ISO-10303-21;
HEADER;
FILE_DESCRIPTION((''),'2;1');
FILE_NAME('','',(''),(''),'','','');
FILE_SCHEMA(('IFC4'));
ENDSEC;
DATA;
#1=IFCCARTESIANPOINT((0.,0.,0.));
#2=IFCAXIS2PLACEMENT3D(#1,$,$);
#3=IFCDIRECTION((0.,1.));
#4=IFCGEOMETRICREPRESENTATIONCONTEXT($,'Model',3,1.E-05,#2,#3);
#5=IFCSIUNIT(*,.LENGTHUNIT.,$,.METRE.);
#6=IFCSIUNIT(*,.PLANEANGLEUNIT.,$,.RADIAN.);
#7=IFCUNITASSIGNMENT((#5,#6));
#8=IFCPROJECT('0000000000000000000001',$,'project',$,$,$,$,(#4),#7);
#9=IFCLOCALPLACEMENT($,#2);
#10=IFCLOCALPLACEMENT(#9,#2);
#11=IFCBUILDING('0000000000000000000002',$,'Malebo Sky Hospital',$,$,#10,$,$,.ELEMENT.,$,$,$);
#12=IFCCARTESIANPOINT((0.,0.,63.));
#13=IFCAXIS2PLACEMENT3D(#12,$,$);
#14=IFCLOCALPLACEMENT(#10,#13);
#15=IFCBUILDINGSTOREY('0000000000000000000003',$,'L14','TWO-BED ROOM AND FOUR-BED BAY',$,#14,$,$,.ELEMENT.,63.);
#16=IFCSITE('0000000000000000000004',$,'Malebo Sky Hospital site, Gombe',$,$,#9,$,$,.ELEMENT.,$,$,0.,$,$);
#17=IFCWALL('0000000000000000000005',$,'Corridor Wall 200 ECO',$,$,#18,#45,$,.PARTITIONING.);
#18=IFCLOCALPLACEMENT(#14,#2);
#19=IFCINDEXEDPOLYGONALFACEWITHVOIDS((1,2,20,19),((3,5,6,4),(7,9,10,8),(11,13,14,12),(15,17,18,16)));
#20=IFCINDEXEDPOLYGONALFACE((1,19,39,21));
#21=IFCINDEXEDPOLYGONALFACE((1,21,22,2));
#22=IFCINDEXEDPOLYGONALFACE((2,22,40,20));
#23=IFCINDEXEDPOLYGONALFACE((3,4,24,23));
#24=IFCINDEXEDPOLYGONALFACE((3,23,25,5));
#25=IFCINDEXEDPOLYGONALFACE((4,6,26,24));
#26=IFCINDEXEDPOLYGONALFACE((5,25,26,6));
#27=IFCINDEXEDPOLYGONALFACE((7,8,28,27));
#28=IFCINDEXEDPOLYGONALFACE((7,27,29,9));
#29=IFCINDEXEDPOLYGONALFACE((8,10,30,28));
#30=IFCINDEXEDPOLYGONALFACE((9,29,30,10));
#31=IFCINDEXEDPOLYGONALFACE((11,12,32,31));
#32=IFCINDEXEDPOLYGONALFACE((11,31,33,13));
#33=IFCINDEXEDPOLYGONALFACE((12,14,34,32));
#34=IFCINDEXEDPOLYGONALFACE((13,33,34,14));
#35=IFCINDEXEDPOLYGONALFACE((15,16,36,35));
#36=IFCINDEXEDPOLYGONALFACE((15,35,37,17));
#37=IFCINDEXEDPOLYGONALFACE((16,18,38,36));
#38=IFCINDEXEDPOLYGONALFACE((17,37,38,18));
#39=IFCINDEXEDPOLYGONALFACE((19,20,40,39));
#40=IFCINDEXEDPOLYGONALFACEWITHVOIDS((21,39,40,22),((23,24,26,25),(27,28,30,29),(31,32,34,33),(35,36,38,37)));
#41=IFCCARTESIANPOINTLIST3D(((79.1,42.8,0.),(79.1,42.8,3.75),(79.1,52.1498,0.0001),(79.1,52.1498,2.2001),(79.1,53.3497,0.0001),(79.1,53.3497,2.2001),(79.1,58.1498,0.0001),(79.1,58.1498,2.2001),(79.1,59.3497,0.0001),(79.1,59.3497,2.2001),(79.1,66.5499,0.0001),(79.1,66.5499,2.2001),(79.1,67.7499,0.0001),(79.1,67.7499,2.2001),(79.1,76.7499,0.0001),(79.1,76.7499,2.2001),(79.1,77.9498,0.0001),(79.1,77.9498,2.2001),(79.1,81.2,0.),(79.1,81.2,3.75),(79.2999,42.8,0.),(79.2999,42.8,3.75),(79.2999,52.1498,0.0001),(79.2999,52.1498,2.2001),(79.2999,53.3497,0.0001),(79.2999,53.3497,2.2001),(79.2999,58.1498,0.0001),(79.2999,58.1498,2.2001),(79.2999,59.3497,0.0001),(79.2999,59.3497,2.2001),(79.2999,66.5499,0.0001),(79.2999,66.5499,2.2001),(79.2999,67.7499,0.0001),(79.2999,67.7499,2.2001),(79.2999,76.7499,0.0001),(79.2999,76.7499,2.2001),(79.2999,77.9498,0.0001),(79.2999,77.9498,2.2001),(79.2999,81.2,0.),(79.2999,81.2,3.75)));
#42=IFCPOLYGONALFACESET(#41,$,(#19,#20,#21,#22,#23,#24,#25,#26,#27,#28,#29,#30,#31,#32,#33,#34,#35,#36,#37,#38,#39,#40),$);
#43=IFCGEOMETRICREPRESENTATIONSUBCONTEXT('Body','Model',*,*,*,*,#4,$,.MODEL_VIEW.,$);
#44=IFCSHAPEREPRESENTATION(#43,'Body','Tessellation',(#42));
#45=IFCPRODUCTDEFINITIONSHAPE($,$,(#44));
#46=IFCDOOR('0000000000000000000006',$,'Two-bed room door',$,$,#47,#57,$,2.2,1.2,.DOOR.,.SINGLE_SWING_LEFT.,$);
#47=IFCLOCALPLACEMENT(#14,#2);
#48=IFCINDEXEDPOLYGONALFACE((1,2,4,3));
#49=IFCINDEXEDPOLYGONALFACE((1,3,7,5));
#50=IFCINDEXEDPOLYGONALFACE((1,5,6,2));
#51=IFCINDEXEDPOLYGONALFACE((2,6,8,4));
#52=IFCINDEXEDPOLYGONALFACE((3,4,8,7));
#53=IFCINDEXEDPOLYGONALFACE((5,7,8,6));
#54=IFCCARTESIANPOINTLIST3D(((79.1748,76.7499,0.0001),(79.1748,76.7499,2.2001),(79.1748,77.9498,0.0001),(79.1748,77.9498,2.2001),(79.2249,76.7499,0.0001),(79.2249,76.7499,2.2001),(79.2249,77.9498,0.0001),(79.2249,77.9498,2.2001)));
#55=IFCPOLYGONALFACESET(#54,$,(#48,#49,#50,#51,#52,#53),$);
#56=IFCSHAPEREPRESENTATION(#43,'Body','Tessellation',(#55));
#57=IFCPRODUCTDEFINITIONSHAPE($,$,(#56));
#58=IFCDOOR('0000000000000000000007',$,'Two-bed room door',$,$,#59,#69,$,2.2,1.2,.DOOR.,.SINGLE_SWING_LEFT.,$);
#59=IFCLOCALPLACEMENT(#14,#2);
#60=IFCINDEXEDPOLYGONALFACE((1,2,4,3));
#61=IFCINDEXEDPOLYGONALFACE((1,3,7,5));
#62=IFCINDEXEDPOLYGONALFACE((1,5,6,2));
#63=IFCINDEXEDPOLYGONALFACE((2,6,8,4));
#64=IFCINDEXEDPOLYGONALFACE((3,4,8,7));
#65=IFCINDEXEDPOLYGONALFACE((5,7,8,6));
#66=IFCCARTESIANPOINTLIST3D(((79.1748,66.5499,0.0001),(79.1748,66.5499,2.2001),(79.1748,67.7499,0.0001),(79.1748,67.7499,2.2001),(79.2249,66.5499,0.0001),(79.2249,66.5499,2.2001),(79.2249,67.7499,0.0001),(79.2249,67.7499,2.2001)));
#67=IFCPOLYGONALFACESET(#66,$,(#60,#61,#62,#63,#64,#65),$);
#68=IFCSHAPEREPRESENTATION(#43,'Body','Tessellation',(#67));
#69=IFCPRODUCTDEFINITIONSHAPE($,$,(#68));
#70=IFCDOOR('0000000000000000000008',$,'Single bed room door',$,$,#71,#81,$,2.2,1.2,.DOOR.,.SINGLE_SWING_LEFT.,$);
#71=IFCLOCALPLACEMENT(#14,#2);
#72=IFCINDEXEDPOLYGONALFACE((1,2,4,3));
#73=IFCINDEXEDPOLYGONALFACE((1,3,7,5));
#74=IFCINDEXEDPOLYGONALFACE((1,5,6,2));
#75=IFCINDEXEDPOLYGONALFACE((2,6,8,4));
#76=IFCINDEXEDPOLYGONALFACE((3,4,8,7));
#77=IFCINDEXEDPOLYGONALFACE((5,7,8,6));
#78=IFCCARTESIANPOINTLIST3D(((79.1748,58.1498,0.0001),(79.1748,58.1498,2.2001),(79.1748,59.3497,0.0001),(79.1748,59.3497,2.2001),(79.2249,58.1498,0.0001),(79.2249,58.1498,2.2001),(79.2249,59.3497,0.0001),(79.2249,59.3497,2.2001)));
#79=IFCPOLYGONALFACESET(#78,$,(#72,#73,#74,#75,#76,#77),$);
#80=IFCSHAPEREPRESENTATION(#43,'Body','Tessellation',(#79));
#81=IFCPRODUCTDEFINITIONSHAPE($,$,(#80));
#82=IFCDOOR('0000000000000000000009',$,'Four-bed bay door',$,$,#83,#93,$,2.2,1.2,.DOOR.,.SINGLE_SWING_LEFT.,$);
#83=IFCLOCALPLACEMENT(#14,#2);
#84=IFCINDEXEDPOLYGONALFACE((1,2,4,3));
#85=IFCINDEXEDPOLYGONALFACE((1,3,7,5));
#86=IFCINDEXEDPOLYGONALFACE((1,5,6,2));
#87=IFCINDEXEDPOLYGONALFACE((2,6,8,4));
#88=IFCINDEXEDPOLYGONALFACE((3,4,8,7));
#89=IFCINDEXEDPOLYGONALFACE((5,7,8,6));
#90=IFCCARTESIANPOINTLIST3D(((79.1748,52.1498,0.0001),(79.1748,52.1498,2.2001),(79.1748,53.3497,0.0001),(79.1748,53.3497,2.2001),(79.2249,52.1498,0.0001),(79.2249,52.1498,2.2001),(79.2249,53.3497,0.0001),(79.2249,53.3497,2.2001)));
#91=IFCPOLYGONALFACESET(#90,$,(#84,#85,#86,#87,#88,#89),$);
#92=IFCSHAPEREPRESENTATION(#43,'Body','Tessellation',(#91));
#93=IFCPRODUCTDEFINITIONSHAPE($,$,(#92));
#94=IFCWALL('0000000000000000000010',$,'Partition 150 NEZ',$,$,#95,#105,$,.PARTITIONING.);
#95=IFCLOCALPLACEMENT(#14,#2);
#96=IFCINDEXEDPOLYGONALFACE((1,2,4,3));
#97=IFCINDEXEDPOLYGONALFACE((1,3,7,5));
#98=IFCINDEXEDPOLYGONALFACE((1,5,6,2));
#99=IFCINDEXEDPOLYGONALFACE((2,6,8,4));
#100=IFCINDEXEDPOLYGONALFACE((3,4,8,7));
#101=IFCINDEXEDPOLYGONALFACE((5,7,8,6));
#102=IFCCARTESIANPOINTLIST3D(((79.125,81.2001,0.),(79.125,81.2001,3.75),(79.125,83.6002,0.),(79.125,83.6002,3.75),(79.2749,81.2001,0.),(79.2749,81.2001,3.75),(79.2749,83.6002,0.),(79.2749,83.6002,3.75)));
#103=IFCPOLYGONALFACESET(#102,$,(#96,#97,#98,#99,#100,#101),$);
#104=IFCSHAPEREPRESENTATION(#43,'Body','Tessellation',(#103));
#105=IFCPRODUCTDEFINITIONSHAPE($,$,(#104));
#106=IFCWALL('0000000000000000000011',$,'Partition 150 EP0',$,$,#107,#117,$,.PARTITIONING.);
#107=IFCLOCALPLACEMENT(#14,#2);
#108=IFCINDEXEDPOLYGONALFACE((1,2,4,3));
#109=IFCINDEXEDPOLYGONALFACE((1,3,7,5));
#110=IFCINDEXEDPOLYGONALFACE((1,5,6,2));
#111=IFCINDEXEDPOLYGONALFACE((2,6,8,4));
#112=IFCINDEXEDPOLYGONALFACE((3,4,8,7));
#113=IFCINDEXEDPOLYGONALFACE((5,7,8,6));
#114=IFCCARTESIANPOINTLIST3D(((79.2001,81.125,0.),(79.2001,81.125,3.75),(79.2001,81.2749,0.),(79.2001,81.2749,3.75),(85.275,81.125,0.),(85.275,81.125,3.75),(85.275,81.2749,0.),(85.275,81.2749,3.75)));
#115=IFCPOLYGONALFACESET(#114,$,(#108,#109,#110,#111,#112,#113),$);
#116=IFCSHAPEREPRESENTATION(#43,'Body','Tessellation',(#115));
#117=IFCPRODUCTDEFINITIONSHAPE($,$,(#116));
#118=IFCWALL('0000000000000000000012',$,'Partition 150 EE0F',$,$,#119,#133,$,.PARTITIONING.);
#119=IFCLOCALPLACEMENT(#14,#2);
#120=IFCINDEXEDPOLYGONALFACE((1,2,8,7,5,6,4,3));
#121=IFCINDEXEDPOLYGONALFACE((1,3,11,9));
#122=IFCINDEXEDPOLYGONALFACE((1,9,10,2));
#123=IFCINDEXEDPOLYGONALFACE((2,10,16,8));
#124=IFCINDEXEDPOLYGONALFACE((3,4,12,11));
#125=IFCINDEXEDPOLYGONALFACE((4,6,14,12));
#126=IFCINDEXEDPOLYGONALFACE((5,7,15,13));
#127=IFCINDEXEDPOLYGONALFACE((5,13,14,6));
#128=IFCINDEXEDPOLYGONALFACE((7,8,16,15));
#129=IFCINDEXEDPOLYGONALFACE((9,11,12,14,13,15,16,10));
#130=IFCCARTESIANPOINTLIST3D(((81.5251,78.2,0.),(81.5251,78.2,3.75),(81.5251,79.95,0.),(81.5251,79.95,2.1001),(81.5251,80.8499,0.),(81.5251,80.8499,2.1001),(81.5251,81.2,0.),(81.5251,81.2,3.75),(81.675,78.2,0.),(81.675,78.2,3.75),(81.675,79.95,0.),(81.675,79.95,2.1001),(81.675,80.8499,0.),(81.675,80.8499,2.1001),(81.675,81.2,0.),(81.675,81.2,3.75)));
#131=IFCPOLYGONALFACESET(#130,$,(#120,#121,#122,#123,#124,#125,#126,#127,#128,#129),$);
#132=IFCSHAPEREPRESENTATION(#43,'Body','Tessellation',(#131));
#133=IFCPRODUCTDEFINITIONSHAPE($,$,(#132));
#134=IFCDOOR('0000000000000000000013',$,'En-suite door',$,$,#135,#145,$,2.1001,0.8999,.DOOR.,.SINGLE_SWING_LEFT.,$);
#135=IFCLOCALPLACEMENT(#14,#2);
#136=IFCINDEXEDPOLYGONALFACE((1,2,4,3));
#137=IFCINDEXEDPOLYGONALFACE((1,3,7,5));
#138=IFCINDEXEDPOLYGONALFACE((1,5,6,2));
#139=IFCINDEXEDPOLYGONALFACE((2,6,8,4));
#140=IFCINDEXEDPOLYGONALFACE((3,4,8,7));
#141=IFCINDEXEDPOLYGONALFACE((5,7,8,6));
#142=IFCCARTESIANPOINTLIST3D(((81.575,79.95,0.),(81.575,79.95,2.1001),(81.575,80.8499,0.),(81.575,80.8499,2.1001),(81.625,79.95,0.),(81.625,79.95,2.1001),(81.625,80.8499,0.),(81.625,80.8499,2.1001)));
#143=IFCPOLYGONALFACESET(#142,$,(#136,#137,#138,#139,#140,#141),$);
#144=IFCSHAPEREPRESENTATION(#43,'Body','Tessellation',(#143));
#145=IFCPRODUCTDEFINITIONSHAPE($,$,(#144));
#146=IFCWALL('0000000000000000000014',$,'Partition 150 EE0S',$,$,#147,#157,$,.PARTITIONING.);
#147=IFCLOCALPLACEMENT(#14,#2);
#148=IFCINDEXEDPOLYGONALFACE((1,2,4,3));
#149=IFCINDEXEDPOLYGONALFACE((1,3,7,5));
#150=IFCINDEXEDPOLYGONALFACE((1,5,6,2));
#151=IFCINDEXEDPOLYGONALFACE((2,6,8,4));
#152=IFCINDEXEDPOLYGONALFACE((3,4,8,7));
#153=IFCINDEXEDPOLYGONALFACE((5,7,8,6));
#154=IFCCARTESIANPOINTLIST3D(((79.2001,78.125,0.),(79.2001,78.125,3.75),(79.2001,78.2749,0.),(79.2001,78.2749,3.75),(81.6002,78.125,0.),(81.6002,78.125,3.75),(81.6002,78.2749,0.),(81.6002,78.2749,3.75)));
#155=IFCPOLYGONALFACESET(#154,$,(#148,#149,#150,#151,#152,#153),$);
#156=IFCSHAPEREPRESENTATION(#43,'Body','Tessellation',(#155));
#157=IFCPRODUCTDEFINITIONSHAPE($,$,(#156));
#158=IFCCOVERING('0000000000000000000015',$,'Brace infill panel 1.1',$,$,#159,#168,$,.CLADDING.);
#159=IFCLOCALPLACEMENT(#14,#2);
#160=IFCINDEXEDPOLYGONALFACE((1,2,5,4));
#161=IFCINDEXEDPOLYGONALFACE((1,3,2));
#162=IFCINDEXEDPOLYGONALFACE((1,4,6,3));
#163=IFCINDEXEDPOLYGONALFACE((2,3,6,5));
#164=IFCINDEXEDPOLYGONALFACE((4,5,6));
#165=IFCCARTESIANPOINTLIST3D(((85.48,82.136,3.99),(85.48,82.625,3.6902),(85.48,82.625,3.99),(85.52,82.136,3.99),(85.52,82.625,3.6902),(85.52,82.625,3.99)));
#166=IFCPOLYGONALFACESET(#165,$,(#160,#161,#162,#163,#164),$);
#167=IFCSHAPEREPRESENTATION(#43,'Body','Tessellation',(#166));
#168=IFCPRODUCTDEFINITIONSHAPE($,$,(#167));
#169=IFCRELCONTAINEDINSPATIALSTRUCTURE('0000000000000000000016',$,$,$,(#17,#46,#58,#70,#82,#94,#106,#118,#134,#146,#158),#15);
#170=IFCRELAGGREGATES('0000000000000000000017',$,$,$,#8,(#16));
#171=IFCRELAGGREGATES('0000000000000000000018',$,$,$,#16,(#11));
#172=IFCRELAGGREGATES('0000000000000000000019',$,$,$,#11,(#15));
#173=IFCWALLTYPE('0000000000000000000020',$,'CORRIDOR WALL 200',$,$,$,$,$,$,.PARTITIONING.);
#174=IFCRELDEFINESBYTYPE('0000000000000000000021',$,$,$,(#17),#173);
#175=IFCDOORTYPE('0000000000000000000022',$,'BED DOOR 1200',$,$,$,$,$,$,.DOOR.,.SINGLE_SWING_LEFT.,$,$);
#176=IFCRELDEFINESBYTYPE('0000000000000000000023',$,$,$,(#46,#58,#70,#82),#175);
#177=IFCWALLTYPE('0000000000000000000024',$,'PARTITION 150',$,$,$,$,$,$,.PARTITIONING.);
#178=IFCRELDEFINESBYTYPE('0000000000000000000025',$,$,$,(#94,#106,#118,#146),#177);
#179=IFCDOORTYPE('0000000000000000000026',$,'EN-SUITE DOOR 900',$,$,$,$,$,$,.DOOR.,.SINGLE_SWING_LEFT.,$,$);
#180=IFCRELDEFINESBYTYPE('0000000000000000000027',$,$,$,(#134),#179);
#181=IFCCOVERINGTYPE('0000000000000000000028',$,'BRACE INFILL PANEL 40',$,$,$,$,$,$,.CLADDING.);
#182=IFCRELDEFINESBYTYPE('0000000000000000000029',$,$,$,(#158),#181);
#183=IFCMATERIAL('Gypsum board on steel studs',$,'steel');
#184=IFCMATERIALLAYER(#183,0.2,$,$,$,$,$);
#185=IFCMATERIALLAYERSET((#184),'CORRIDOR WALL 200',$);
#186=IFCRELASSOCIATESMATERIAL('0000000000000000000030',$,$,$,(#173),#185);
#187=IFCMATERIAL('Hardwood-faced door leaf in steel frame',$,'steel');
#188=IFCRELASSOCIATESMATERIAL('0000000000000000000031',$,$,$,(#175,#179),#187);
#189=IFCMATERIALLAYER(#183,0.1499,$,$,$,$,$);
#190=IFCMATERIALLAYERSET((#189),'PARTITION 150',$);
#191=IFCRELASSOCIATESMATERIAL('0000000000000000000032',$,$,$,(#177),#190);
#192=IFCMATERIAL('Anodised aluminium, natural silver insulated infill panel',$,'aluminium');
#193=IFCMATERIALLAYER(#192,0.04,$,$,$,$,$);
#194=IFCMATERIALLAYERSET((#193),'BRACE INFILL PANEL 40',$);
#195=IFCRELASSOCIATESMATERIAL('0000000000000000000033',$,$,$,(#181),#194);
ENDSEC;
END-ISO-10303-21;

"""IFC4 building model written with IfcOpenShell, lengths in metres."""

from ifc_helpers import new_model, si_unit, direction, frame, frame_2d, origin, place, context, subcontext, project, spatial, polyline, rectangle, outline, extrude, material, layer, layer_set, type_object, element, fill, save


model = new_model("IFC4")

# Units and contexts
model_context = context("Model", 3, precision=1e-05, world=origin(), true_north=direction((0.0, 1.0)))
body_context = subcontext(model_context, "Body", "Model", "MODEL_VIEW")
ifc_project = project(units=[si_unit("LENGTHUNIT", "METRE"), si_unit("PLANEANGLEUNIT", "RADIAN")], contexts=[model_context])

# Site, building, storey
site_placement = place(None, origin())
site = spatial("IfcSite", under=ifc_project, at=site_placement, Name="Malebo Sky Hospital site, Gombe", CompositionType="ELEMENT", RefElevation=0.0)
building_placement = place(site_placement, origin())
building = spatial("IfcBuilding", under=site, at=building_placement, Name="Malebo Sky Hospital", CompositionType="ELEMENT")
storey_placement = place(building_placement, frame((0.0, 0.0, 63.0)))
storey = spatial("IfcBuildingStorey", under=building, at=storey_placement, Name="L14", Description="TWO-BED ROOM AND FOUR-BED BAY", CompositionType="ELEMENT", Elevation=63.0)

# Wall, openings, doors
ifc_material_1 = material(Name="Gypsum board on steel studs", Category="steel")
ifc_layer_1 = layer(ifc_material_1, 0.2)
ifc_layer_set_1 = layer_set([ifc_layer_1], Name="CORRIDOR WALL 200")
wall_type_1 = type_object("IfcWallType", Name="CORRIDOR WALL 200", PredefinedType="PARTITIONING", material=ifc_layer_set_1)
wall_1_placement = place(storey_placement, frame((79.2, 81.2, 0.0), z_axis=(0.0, 0.0, 1.0), x_axis=(0.0, -1.0, 0.0)))
wall_1 = element("IfcWall", 1, at=wall_1_placement, inside=storey, type_object=wall_type_1, Name="Corridor Wall 200 ECO", PredefinedType="PARTITIONING", context=body_context, shape_type="SweptSolid", body=[
    extrude(rectangle(XDim=38.3999, YDim=0.2, at=frame_2d((19.2, 0.0))), origin(), (0.0, 0.0, 1.0), 3.75),
])
opening_1_placement = place(wall_1_placement, frame((3.25, 0.0, 0.0)))
opening_1 = element("IfcOpeningElement", 2, at=opening_1_placement, cuts=wall_1, PredefinedType="OPENING", context=body_context, shape_type="SweptSolid", body=[
    extrude(rectangle(XDim=1.2, YDim=2.2, at=frame_2d((0.6001, 1.1001))), frame((0.0, 0.1099, 0.0), z_axis=(0.0, -1.0, 0.0), x_axis=(1.0, 0.0, 0.0)), (0.0, 0.0, 1.0), 0.22),
])
opening_2_placement = place(wall_1_placement, frame((13.45, 0.0, 0.0)))
opening_2 = element("IfcOpeningElement", 3, at=opening_2_placement, cuts=wall_1, PredefinedType="OPENING", context=body_context, shape_type="SweptSolid", body=[
    extrude(rectangle(XDim=1.2, YDim=2.2, at=frame_2d((0.6001, 1.1001))), frame((0.0, 0.1099, 0.0), z_axis=(0.0, -1.0, 0.0), x_axis=(1.0, 0.0, 0.0)), (0.0, 0.0, 1.0), 0.22),
])
opening_3_placement = place(wall_1_placement, frame((21.8501, 0.0, 0.0)))
opening_3 = element("IfcOpeningElement", 4, at=opening_3_placement, cuts=wall_1, PredefinedType="OPENING", context=body_context, shape_type="SweptSolid", body=[
    extrude(rectangle(XDim=1.2, YDim=2.2, at=frame_2d((0.6001, 1.1001))), frame((0.0, 0.1099, 0.0), z_axis=(0.0, -1.0, 0.0), x_axis=(1.0, 0.0, 0.0)), (0.0, 0.0, 1.0), 0.22),
])
opening_4_placement = place(wall_1_placement, frame((27.8501, 0.0, 0.0)))
opening_4 = element("IfcOpeningElement", 5, at=opening_4_placement, cuts=wall_1, PredefinedType="OPENING", context=body_context, shape_type="SweptSolid", body=[
    extrude(rectangle(XDim=1.2, YDim=2.2, at=frame_2d((0.6001, 1.1001))), frame((0.0, 0.1099, 0.0), z_axis=(0.0, -1.0, 0.0), x_axis=(1.0, 0.0, 0.0)), (0.0, 0.0, 1.0), 0.22),
])
ifc_material_2 = material(Name="Hardwood-faced door leaf in steel frame", Category="steel")
door_type_1 = type_object("IfcDoorType", Name="BED DOOR 1200", OperationType="SINGLE_SWING_LEFT", PredefinedType="DOOR", material=ifc_material_2)
door_1_placement = place(opening_1_placement, origin())
door_1 = element("IfcDoor", 6, at=door_1_placement, inside=storey, type_object=door_type_1, Name="Two-bed room door", OperationType="SINGLE_SWING_LEFT", OverallHeight=2.2, OverallWidth=1.2, PredefinedType="DOOR", context=body_context, shape_type="SweptSolid", body=[
    extrude(rectangle(XDim=1.2, YDim=2.2, at=frame_2d((0.6001, 1.1001))), frame((0.0, 0.0249, 0.0), z_axis=(0.0, -1.0, 0.0), x_axis=(1.0, 0.0, 0.0)), (0.0, 0.0, 1.0), 0.05),
])
fill(opening_1, door_1)
door_2_placement = place(opening_2_placement, origin())
door_2 = element("IfcDoor", 7, at=door_2_placement, inside=storey, type_object=door_type_1, Name="Two-bed room door", OperationType="SINGLE_SWING_LEFT", OverallHeight=2.2, OverallWidth=1.2, PredefinedType="DOOR", context=body_context, shape_type="SweptSolid", body=[
    extrude(rectangle(XDim=1.2, YDim=2.2, at=frame_2d((0.6001, 1.1001))), frame((0.0, 0.0249, 0.0), z_axis=(0.0, -1.0, 0.0), x_axis=(1.0, 0.0, 0.0)), (0.0, 0.0, 1.0), 0.05),
])
fill(opening_2, door_2)
door_3_placement = place(opening_3_placement, origin())
door_3 = element("IfcDoor", 8, at=door_3_placement, inside=storey, type_object=door_type_1, Name="Single bed room door", OperationType="SINGLE_SWING_LEFT", OverallHeight=2.2, OverallWidth=1.2, PredefinedType="DOOR", context=body_context, shape_type="SweptSolid", body=[
    extrude(rectangle(XDim=1.2, YDim=2.2, at=frame_2d((0.6001, 1.1001))), frame((0.0, 0.0249, 0.0), z_axis=(0.0, -1.0, 0.0), x_axis=(1.0, 0.0, 0.0)), (0.0, 0.0, 1.0), 0.05),
])
fill(opening_3, door_3)
door_4_placement = place(opening_4_placement, origin())
door_4 = element("IfcDoor", 9, at=door_4_placement, inside=storey, type_object=door_type_1, Name="Four-bed bay door", OperationType="SINGLE_SWING_LEFT", OverallHeight=2.2, OverallWidth=1.2, PredefinedType="DOOR", context=body_context, shape_type="SweptSolid", body=[
    extrude(rectangle(XDim=1.2, YDim=2.2, at=frame_2d((0.6001, 1.1001))), frame((0.0, 0.0249, 0.0), z_axis=(0.0, -1.0, 0.0), x_axis=(1.0, 0.0, 0.0)), (0.0, 0.0, 1.0), 0.05),
])
fill(opening_4, door_4)

# Walls
ifc_layer_2 = layer(ifc_material_1, 0.1499)
ifc_layer_set_2 = layer_set([ifc_layer_2], Name="PARTITION 150")
wall_type_2 = type_object("IfcWallType", Name="PARTITION 150", PredefinedType="PARTITIONING", material=ifc_layer_set_2)
wall_2_placement = place(storey_placement, frame((79.2, 81.2, 0.0), z_axis=(0.0, 0.0, 1.0), x_axis=(0.0, 1.0, 0.0)))
element("IfcWall", 10, at=wall_2_placement, inside=storey, type_object=wall_type_2, Name="Partition 150 NEZ", PredefinedType="PARTITIONING", context=body_context, shape_type="SweptSolid", body=[
    extrude(rectangle(XDim=2.4001, YDim=0.1499, at=frame_2d((1.2002, 0.0))), origin(), (0.0, 0.0, 1.0), 3.75),
])
wall_3_placement = place(storey_placement, frame((79.2, 81.2, 0.0), z_axis=(0.0, 0.0, 1.0), x_axis=(1.0, 0.0, 0.0)))
element("IfcWall", 11, at=wall_3_placement, inside=storey, type_object=wall_type_2, Name="Partition 150 EP0", PredefinedType="PARTITIONING", context=body_context, shape_type="SweptSolid", body=[
    extrude(rectangle(XDim=6.075, YDim=0.1499, at=frame_2d((3.0376, 0.0))), origin(), (0.0, 0.0, 1.0), 3.75),
])

# Wall, opening, door
wall_4_placement = place(storey_placement, frame((81.6001, 81.2, 0.0), z_axis=(0.0, 0.0, 1.0), x_axis=(0.0, -1.0, 0.0)))
wall_4 = element("IfcWall", 12, at=wall_4_placement, inside=storey, type_object=wall_type_2, Name="Partition 150 EE0F", PredefinedType="PARTITIONING", context=body_context, shape_type="SweptSolid", body=[
    extrude(rectangle(XDim=3.0, YDim=0.1499, at=frame_2d((1.5, 0.0))), origin(), (0.0, 0.0, 1.0), 3.75),
])
opening_5_placement = place(wall_4_placement, frame((0.3501, 0.0, 0.0)))
opening_5 = element("IfcOpeningElement", 13, at=opening_5_placement, cuts=wall_4, PredefinedType="OPENING", context=body_context, shape_type="SweptSolid", body=[
    extrude(rectangle(XDim=0.8999, YDim=2.1001, at=frame_2d((0.45, 1.05))), frame((0.0, 0.085, 0.0), z_axis=(0.0, -1.0, 0.0), x_axis=(1.0, 0.0, 0.0)), (0.0, 0.0, 1.0), 0.1699),
])
door_type_2 = type_object("IfcDoorType", Name="EN-SUITE DOOR 900", OperationType="SINGLE_SWING_LEFT", PredefinedType="DOOR", material=ifc_material_2)
door_5_placement = place(opening_5_placement, origin())
door_5 = element("IfcDoor", 14, at=door_5_placement, inside=storey, type_object=door_type_2, Name="En-suite door", OperationType="SINGLE_SWING_LEFT", OverallHeight=2.1001, OverallWidth=0.8999, PredefinedType="DOOR", context=body_context, shape_type="SweptSolid", body=[
    extrude(rectangle(XDim=0.8999, YDim=2.1001, at=frame_2d((0.45, 1.05))), frame((0.0, 0.0249, 0.0), z_axis=(0.0, -1.0, 0.0), x_axis=(1.0, 0.0, 0.0)), (0.0, 0.0, 1.0), 0.05),
])
fill(opening_5, door_5)

# Wall
wall_5_placement = place(storey_placement, frame((79.2, 78.2, 0.0), z_axis=(0.0, 0.0, 1.0), x_axis=(1.0, 0.0, 0.0)))
element("IfcWall", 15, at=wall_5_placement, inside=storey, type_object=wall_type_2, Name="Partition 150 EE0S", PredefinedType="PARTITIONING", context=body_context, shape_type="SweptSolid", body=[
    extrude(rectangle(XDim=2.4001, YDim=0.1499, at=frame_2d((1.2002, 0.0))), origin(), (0.0, 0.0, 1.0), 3.75),
])

# Covering
ifc_material_3 = material(Name="Anodised aluminium, natural silver insulated infill panel", Category="aluminium")
ifc_layer_3 = layer(ifc_material_3, 0.04)
ifc_layer_set_3 = layer_set([ifc_layer_3], Name="BRACE INFILL PANEL 40")
covering_type = type_object("IfcCoveringType", Name="BRACE INFILL PANEL 40", PredefinedType="CLADDING", material=ifc_layer_set_3)
covering_placement = place(storey_placement, frame((85.5, 82.3804, 3.6902), z_axis=(0.0, 0.0, 1.0), x_axis=(0.0, -1.0, 0.0)))
element("IfcCovering", 16, at=covering_placement, inside=storey, type_object=covering_type, Name="Brace infill panel 1.1", PredefinedType="CLADDING", context=body_context, shape_type="SweptSolid", body=[
    extrude(outline(polyline([(-0.2446, 0.0), (0.2444, 0.2998), (-0.2446, 0.2998), (-0.2446, 0.0)])), frame((0.0, 0.02, 0.0), z_axis=(0.0, -1.0, 0.0), x_axis=(1.0, 0.0, 0.0)), (0.0, 0.0, 1.0), 0.04),
])

save(model, "model.ifc")
